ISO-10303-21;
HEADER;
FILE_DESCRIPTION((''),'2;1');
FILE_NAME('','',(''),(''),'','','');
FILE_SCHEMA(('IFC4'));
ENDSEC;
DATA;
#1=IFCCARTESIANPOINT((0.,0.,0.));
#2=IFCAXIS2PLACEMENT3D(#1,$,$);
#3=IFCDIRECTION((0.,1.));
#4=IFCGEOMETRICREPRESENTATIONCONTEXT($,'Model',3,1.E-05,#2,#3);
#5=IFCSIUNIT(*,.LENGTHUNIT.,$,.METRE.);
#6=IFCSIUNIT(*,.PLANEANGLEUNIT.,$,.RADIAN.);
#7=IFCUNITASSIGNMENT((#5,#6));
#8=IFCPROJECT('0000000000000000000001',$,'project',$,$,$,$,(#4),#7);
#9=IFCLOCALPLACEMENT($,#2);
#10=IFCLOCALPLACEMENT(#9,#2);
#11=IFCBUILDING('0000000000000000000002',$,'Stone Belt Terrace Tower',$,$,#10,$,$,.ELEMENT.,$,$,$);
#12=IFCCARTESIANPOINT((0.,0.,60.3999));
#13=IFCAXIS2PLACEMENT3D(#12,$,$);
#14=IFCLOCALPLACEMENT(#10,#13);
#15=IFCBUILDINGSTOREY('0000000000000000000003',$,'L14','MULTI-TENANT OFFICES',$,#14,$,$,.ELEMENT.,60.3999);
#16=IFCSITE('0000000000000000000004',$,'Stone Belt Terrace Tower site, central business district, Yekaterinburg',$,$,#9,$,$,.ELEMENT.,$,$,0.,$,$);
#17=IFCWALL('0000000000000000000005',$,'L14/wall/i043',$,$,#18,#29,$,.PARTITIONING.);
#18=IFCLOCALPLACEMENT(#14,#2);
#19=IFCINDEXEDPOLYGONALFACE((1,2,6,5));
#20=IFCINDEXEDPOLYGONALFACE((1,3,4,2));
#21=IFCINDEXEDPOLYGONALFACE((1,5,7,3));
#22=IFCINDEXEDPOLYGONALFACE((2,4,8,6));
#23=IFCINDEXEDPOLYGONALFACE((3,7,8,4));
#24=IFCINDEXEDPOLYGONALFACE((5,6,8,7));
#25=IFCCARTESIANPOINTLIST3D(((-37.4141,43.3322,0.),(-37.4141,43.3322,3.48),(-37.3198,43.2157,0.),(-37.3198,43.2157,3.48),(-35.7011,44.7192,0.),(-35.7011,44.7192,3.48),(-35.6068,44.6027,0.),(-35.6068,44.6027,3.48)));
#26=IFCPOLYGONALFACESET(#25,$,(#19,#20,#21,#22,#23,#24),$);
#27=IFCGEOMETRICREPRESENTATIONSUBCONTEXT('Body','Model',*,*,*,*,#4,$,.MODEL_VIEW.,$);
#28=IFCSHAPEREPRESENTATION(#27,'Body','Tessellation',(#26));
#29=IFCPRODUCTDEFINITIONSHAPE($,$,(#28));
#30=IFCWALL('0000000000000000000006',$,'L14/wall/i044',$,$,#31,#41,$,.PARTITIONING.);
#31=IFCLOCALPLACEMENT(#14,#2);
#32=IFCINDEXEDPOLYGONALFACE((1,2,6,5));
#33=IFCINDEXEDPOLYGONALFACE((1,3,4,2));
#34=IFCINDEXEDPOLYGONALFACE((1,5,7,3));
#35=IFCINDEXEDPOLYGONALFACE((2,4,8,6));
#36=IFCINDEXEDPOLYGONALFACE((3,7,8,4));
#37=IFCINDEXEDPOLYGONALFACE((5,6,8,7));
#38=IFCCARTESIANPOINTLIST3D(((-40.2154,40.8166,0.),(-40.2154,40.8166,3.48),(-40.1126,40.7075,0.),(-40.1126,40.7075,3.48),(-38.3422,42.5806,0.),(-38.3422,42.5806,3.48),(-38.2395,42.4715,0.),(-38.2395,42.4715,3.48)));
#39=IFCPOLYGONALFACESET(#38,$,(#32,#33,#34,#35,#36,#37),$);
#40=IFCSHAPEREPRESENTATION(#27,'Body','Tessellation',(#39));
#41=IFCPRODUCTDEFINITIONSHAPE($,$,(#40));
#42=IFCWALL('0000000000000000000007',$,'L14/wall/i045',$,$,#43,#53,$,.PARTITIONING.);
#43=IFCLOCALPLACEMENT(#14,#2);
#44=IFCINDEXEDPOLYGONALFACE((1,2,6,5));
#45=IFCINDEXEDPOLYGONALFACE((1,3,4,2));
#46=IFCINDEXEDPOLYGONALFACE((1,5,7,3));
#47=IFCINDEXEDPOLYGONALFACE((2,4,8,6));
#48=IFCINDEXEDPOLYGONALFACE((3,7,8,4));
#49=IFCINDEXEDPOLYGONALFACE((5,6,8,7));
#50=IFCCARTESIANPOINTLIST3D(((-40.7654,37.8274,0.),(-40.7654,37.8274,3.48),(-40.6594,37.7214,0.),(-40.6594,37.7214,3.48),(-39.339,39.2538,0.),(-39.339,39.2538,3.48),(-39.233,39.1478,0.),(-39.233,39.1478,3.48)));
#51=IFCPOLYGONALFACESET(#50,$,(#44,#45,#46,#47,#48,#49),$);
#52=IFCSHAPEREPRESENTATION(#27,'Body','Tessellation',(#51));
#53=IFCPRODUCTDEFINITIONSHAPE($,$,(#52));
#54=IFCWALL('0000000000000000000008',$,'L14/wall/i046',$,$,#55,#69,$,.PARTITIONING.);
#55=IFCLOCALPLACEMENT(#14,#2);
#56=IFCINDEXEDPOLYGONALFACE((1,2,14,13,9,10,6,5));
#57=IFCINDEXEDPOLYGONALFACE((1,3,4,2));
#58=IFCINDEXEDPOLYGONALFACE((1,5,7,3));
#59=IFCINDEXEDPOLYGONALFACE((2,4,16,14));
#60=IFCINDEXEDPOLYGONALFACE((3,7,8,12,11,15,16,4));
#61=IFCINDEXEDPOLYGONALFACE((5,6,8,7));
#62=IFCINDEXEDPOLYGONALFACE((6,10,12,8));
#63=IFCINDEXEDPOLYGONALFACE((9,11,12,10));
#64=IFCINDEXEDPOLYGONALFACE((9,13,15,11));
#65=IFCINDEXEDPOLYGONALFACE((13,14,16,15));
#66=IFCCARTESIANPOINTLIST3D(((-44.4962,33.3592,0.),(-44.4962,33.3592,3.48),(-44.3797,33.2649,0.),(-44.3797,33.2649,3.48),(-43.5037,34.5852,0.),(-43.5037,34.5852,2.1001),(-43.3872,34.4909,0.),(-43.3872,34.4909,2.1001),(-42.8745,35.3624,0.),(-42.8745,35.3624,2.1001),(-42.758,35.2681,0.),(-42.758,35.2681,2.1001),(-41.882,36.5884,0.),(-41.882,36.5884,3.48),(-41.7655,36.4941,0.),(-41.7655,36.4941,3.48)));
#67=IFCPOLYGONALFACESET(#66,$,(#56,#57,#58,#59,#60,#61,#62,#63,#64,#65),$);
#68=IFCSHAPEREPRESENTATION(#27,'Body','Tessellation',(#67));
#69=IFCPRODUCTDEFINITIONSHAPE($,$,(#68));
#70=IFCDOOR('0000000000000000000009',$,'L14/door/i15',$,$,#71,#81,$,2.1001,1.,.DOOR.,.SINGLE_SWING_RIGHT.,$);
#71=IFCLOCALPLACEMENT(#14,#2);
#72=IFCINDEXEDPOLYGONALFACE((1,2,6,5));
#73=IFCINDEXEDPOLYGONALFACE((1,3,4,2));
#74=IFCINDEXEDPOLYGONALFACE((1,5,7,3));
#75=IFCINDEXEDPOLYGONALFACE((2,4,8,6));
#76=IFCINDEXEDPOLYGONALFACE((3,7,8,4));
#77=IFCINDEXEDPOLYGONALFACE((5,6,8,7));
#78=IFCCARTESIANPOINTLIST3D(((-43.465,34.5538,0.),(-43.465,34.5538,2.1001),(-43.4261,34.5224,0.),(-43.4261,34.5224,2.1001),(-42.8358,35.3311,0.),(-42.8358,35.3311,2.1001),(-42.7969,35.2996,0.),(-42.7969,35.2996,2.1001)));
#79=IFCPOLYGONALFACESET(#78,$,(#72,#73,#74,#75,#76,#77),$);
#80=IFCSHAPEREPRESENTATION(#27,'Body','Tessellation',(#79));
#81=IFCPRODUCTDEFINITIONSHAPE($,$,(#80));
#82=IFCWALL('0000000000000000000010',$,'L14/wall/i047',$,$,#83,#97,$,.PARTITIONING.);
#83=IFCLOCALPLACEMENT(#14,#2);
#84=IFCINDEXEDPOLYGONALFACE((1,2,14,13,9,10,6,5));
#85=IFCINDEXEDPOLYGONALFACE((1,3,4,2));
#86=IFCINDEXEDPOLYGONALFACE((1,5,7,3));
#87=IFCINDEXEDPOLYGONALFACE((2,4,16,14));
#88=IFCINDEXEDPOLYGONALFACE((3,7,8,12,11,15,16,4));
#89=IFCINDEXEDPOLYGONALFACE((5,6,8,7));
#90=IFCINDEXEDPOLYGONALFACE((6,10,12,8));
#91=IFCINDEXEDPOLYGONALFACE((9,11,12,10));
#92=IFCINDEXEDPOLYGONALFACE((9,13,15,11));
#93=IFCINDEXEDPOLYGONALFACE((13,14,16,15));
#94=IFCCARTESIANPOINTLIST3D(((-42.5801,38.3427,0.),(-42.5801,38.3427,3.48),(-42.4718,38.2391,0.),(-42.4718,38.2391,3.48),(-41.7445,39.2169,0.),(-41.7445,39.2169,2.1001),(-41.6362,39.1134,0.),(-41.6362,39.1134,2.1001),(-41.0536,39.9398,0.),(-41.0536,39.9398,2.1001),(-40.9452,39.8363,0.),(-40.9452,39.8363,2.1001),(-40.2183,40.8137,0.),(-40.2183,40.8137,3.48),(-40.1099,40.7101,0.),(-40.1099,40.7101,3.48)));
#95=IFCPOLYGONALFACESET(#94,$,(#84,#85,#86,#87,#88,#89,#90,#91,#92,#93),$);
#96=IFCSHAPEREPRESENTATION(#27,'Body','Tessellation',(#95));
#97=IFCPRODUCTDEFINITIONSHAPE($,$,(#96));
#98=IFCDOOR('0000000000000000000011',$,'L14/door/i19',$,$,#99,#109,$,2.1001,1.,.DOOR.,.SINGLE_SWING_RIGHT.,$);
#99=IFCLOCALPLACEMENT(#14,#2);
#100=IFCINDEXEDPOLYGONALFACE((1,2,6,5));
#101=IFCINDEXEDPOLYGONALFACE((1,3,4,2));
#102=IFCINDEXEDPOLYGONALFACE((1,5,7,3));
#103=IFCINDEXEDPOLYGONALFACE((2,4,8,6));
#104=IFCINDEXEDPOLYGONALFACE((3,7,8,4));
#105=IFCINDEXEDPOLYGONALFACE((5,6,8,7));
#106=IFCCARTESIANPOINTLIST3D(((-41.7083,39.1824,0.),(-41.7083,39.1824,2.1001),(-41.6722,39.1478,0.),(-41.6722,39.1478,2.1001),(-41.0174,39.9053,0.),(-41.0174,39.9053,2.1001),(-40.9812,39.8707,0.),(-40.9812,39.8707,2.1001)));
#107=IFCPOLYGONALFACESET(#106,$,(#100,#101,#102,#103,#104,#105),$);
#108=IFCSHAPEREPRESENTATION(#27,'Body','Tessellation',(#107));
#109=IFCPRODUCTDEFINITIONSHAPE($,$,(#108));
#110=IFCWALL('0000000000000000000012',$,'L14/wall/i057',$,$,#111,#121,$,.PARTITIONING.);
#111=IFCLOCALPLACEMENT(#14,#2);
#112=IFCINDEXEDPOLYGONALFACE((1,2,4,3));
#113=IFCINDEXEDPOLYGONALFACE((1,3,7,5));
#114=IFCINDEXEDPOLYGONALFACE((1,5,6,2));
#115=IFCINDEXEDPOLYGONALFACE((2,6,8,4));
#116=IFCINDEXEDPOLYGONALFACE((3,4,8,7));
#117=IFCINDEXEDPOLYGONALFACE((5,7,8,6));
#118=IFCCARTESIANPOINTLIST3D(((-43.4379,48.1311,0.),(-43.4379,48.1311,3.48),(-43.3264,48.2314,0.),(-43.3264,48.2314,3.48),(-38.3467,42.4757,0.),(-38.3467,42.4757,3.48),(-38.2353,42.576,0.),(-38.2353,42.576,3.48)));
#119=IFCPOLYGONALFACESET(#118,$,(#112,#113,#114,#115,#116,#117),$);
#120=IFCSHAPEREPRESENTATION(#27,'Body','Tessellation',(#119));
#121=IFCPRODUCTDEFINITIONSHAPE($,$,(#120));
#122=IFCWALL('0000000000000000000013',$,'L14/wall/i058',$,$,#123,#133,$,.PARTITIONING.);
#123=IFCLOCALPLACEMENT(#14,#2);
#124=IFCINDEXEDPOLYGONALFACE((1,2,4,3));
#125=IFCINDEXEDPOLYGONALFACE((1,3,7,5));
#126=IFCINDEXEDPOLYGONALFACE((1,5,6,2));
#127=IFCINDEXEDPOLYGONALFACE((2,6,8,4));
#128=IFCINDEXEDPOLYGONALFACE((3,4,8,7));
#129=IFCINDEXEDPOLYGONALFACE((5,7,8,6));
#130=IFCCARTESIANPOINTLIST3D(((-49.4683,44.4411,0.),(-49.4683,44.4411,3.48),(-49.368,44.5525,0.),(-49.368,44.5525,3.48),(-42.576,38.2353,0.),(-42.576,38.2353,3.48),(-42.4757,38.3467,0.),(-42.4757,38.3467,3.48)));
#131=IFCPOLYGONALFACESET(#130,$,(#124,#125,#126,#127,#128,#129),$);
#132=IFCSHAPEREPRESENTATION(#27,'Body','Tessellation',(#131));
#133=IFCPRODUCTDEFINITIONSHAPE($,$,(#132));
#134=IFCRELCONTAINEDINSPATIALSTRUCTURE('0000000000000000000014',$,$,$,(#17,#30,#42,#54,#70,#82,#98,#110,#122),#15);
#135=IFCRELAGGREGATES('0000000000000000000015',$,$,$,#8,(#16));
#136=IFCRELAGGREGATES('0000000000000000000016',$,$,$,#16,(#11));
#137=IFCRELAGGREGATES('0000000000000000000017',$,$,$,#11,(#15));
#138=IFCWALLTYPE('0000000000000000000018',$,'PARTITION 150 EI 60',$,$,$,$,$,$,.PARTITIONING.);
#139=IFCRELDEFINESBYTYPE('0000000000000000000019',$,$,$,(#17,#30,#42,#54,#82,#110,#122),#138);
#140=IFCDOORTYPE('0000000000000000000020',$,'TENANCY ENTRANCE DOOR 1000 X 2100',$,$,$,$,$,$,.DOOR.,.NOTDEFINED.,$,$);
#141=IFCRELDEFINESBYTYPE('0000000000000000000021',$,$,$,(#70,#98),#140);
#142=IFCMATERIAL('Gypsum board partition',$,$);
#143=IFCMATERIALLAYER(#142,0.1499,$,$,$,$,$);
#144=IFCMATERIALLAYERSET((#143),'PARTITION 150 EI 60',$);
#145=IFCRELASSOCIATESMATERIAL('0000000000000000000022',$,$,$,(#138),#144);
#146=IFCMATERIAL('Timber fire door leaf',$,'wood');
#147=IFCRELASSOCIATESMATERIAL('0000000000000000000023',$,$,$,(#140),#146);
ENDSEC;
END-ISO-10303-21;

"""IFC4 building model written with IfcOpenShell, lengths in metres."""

from ifc_helpers import new_model, si_unit, direction, frame, frame_2d, origin, place, context, subcontext, project, spatial, rectangle, extrude, material, layer, layer_set, type_object, element, fill, save


model = new_model("IFC4")

# Units and contexts
model_context = context("Model", 3, precision=1e-05, world=origin(), true_north=direction((0.0, 1.0)))
body_context = subcontext(model_context, "Body", "Model", "MODEL_VIEW")
ifc_project = project(units=[si_unit("LENGTHUNIT", "METRE"), si_unit("PLANEANGLEUNIT", "RADIAN")], contexts=[model_context])

# Site, building, storey
site_placement = place(None, origin())
site = spatial("IfcSite", under=ifc_project, at=site_placement, Name="Stone Belt Terrace Tower site, central business district, Yekaterinburg", CompositionType="ELEMENT", RefElevation=0.0)
building_placement = place(site_placement, origin())
building = spatial("IfcBuilding", under=site, at=building_placement, Name="Stone Belt Terrace Tower", CompositionType="ELEMENT")
storey_placement = place(building_placement, frame((0.0, 0.0, 60.3999)))
storey = spatial("IfcBuildingStorey", under=building, at=storey_placement, Name="L14", Description="MULTI-TENANT OFFICES", CompositionType="ELEMENT", Elevation=60.3999)

# Walls
ifc_material_1 = material(Name="Gypsum board partition")
ifc_layer_1 = layer(ifc_material_1, 0.1499)
ifc_layer_set_1 = layer_set([ifc_layer_1], Name="PARTITION 150 EI 60")
wall_type = type_object("IfcWallType", Name="PARTITION 150 EI 60", PredefinedType="PARTITIONING", material=ifc_layer_set_1)
wall_1_placement = place(storey_placement, frame((-37.3669, 43.2739, 0.0), z_axis=(0.0, 0.0, 1.0), x_axis=(0.77717, 0.629291, 0.0)))
element("IfcWall", 1, at=wall_1_placement, inside=storey, type_object=wall_type, Name="L14/wall/i043", PredefinedType="PARTITIONING", context=body_context, shape_type="SweptSolid", body=[
    extrude(rectangle(XDim=2.2041, YDim=0.1499, at=frame_2d((1.1021, 0.0))), origin(), (0.0, 0.0, 1.0), 3.48),
])
wall_2_placement = place(storey_placement, frame((-40.1641, 40.762, 0.0), z_axis=(0.0, 0.0, 1.0), x_axis=(0.727997, 0.685581, 0.0)))
element("IfcWall", 2, at=wall_2_placement, inside=storey, type_object=wall_type, Name="L14/wall/i044", PredefinedType="PARTITIONING", context=body_context, shape_type="SweptSolid", body=[
    extrude(rectangle(XDim=2.573, YDim=0.1499, at=frame_2d((1.2866, 0.0))), origin(), (0.0, 0.0, 1.0), 3.48),
])
wall_3_placement = place(storey_placement, frame((-39.2859, 39.2009, 0.0), z_axis=(0.0, 0.0, 1.0), x_axis=(-0.707107, -0.707107, 0.0)))
element("IfcWall", 3, at=wall_3_placement, inside=storey, type_object=wall_type, Name="L14/wall/i045", PredefinedType="PARTITIONING", context=body_context, shape_type="SweptSolid", body=[
    extrude(rectangle(XDim=2.0173, YDim=0.1499, at=frame_2d((1.0088, 0.0))), origin(), (0.0, 0.0, 1.0), 3.48),
])

# Walls, openings, doors
wall_4_placement = place(storey_placement, frame((-41.8237, 36.5413, 0.0), z_axis=(0.0, 0.0, 1.0), x_axis=(-0.629213, -0.777233, 0.0)))
wall_4 = element("IfcWall", 4, at=wall_4_placement, inside=storey, type_object=wall_type, Name="L14/wall/i046", PredefinedType="PARTITIONING", context=body_context, shape_type="SweptSolid", body=[
    extrude(rectangle(XDim=4.1548, YDim=0.1499, at=frame_2d((2.0774, 0.0))), origin(), (0.0, 0.0, 1.0), 3.48),
])
opening_1_placement = place(wall_4_placement, frame((1.5774, 0.0, 0.0)))
opening_1 = element("IfcOpeningElement", 5, at=opening_1_placement, cuts=wall_4, PredefinedType="OPENING", context=body_context, shape_type="SweptSolid", body=[
    extrude(rectangle(XDim=1.0, YDim=2.1001, at=frame_2d((0.5, 1.05))), frame((0.0, 0.085, 0.0), z_axis=(0.0, -1.0, 0.0), x_axis=(1.0, 0.0, 0.0)), (0.0, 0.0, 1.0), 0.1699),
])
ifc_material_2 = material(Name="Timber fire door leaf", Category="wood")
door_type = type_object("IfcDoorType", Name="TENANCY ENTRANCE DOOR 1000 X 2100", OperationType="NOTDEFINED", PredefinedType="DOOR", material=ifc_material_2)
door_1_placement = place(opening_1_placement, origin())
door_1 = element("IfcDoor", 6, at=door_1_placement, inside=storey, type_object=door_type, Name="L14/door/i15", OperationType="SINGLE_SWING_RIGHT", OverallHeight=2.1001, OverallWidth=1.0, PredefinedType="DOOR", context=body_context, shape_type="SweptSolid", body=[
    extrude(rectangle(XDim=1.0, YDim=2.1001, at=frame_2d((0.5, 1.05))), frame((0.0, 0.0249, 0.0), z_axis=(0.0, -1.0, 0.0), x_axis=(1.0, 0.0, 0.0)), (0.0, 0.0, 1.0), 0.05),
])
fill(opening_1, door_1)
wall_5_placement = place(storey_placement, frame((-42.5259, 38.291, 0.0), z_axis=(0.0, 0.0, 1.0), x_axis=(0.690963, 0.72289, 0.0)))
wall_5 = element("IfcWall", 7, at=wall_5_placement, inside=storey, type_object=wall_type, Name="L14/wall/i047", PredefinedType="PARTITIONING", context=body_context, shape_type="SweptSolid", body=[
    extrude(rectangle(XDim=3.4182, YDim=0.1499, at=frame_2d((1.709, 0.0))), origin(), (0.0, 0.0, 1.0), 3.48),
])
opening_2_placement = place(wall_5_placement, frame((1.2092, 0.0, 0.0)))
opening_2 = element("IfcOpeningElement", 8, at=opening_2_placement, cuts=wall_5, PredefinedType="OPENING", context=body_context, shape_type="SweptSolid", body=[
    extrude(rectangle(XDim=1.0, YDim=2.1001, at=frame_2d((0.5, 1.05))), frame((0.0, 0.085, 0.0), z_axis=(0.0, -1.0, 0.0), x_axis=(1.0, 0.0, 0.0)), (0.0, 0.0, 1.0), 0.1699),
])
door_2_placement = place(opening_2_placement, origin())
door_2 = element("IfcDoor", 9, at=door_2_placement, inside=storey, type_object=door_type, Name="L14/door/i19", OperationType="SINGLE_SWING_RIGHT", OverallHeight=2.1001, OverallWidth=1.0, PredefinedType="DOOR", context=body_context, shape_type="SweptSolid", body=[
    extrude(rectangle(XDim=1.0, YDim=2.1001, at=frame_2d((0.5, 1.05))), frame((0.0, 0.0249, 0.0), z_axis=(0.0, -1.0, 0.0), x_axis=(1.0, 0.0, 0.0)), (0.0, 0.0, 1.0), 0.05),
])
fill(opening_2, door_2)

# Walls
wall_6_placement = place(storey_placement, frame((-38.291, 42.5259, 0.0), z_axis=(0.0, 0.0, 1.0), x_axis=(-0.66906, 0.743208, 0.0)))
element("IfcWall", 10, at=wall_6_placement, inside=storey, type_object=wall_type, Name="L14/wall/i057", PredefinedType="PARTITIONING", context=body_context, shape_type="SweptSolid", body=[
    extrude(rectangle(XDim=7.6094, YDim=0.1499, at=frame_2d((3.8047, 0.0))), origin(), (0.0, 0.0, 1.0), 3.48),
])
wall_7_placement = place(storey_placement, frame((-42.5259, 38.291, 0.0), z_axis=(0.0, 0.0, 1.0), x_axis=(-0.743149, 0.669126, 0.0)))
element("IfcWall", 11, at=wall_7_placement, inside=storey, type_object=wall_type, Name="L14/wall/i058", PredefinedType="PARTITIONING", context=body_context, shape_type="SweptSolid", body=[
    extrude(rectangle(XDim=9.2744, YDim=0.1499, at=frame_2d((4.6372, 0.0))), origin(), (0.0, 0.0, 1.0), 3.48),
])

save(model, "model.ifc")
